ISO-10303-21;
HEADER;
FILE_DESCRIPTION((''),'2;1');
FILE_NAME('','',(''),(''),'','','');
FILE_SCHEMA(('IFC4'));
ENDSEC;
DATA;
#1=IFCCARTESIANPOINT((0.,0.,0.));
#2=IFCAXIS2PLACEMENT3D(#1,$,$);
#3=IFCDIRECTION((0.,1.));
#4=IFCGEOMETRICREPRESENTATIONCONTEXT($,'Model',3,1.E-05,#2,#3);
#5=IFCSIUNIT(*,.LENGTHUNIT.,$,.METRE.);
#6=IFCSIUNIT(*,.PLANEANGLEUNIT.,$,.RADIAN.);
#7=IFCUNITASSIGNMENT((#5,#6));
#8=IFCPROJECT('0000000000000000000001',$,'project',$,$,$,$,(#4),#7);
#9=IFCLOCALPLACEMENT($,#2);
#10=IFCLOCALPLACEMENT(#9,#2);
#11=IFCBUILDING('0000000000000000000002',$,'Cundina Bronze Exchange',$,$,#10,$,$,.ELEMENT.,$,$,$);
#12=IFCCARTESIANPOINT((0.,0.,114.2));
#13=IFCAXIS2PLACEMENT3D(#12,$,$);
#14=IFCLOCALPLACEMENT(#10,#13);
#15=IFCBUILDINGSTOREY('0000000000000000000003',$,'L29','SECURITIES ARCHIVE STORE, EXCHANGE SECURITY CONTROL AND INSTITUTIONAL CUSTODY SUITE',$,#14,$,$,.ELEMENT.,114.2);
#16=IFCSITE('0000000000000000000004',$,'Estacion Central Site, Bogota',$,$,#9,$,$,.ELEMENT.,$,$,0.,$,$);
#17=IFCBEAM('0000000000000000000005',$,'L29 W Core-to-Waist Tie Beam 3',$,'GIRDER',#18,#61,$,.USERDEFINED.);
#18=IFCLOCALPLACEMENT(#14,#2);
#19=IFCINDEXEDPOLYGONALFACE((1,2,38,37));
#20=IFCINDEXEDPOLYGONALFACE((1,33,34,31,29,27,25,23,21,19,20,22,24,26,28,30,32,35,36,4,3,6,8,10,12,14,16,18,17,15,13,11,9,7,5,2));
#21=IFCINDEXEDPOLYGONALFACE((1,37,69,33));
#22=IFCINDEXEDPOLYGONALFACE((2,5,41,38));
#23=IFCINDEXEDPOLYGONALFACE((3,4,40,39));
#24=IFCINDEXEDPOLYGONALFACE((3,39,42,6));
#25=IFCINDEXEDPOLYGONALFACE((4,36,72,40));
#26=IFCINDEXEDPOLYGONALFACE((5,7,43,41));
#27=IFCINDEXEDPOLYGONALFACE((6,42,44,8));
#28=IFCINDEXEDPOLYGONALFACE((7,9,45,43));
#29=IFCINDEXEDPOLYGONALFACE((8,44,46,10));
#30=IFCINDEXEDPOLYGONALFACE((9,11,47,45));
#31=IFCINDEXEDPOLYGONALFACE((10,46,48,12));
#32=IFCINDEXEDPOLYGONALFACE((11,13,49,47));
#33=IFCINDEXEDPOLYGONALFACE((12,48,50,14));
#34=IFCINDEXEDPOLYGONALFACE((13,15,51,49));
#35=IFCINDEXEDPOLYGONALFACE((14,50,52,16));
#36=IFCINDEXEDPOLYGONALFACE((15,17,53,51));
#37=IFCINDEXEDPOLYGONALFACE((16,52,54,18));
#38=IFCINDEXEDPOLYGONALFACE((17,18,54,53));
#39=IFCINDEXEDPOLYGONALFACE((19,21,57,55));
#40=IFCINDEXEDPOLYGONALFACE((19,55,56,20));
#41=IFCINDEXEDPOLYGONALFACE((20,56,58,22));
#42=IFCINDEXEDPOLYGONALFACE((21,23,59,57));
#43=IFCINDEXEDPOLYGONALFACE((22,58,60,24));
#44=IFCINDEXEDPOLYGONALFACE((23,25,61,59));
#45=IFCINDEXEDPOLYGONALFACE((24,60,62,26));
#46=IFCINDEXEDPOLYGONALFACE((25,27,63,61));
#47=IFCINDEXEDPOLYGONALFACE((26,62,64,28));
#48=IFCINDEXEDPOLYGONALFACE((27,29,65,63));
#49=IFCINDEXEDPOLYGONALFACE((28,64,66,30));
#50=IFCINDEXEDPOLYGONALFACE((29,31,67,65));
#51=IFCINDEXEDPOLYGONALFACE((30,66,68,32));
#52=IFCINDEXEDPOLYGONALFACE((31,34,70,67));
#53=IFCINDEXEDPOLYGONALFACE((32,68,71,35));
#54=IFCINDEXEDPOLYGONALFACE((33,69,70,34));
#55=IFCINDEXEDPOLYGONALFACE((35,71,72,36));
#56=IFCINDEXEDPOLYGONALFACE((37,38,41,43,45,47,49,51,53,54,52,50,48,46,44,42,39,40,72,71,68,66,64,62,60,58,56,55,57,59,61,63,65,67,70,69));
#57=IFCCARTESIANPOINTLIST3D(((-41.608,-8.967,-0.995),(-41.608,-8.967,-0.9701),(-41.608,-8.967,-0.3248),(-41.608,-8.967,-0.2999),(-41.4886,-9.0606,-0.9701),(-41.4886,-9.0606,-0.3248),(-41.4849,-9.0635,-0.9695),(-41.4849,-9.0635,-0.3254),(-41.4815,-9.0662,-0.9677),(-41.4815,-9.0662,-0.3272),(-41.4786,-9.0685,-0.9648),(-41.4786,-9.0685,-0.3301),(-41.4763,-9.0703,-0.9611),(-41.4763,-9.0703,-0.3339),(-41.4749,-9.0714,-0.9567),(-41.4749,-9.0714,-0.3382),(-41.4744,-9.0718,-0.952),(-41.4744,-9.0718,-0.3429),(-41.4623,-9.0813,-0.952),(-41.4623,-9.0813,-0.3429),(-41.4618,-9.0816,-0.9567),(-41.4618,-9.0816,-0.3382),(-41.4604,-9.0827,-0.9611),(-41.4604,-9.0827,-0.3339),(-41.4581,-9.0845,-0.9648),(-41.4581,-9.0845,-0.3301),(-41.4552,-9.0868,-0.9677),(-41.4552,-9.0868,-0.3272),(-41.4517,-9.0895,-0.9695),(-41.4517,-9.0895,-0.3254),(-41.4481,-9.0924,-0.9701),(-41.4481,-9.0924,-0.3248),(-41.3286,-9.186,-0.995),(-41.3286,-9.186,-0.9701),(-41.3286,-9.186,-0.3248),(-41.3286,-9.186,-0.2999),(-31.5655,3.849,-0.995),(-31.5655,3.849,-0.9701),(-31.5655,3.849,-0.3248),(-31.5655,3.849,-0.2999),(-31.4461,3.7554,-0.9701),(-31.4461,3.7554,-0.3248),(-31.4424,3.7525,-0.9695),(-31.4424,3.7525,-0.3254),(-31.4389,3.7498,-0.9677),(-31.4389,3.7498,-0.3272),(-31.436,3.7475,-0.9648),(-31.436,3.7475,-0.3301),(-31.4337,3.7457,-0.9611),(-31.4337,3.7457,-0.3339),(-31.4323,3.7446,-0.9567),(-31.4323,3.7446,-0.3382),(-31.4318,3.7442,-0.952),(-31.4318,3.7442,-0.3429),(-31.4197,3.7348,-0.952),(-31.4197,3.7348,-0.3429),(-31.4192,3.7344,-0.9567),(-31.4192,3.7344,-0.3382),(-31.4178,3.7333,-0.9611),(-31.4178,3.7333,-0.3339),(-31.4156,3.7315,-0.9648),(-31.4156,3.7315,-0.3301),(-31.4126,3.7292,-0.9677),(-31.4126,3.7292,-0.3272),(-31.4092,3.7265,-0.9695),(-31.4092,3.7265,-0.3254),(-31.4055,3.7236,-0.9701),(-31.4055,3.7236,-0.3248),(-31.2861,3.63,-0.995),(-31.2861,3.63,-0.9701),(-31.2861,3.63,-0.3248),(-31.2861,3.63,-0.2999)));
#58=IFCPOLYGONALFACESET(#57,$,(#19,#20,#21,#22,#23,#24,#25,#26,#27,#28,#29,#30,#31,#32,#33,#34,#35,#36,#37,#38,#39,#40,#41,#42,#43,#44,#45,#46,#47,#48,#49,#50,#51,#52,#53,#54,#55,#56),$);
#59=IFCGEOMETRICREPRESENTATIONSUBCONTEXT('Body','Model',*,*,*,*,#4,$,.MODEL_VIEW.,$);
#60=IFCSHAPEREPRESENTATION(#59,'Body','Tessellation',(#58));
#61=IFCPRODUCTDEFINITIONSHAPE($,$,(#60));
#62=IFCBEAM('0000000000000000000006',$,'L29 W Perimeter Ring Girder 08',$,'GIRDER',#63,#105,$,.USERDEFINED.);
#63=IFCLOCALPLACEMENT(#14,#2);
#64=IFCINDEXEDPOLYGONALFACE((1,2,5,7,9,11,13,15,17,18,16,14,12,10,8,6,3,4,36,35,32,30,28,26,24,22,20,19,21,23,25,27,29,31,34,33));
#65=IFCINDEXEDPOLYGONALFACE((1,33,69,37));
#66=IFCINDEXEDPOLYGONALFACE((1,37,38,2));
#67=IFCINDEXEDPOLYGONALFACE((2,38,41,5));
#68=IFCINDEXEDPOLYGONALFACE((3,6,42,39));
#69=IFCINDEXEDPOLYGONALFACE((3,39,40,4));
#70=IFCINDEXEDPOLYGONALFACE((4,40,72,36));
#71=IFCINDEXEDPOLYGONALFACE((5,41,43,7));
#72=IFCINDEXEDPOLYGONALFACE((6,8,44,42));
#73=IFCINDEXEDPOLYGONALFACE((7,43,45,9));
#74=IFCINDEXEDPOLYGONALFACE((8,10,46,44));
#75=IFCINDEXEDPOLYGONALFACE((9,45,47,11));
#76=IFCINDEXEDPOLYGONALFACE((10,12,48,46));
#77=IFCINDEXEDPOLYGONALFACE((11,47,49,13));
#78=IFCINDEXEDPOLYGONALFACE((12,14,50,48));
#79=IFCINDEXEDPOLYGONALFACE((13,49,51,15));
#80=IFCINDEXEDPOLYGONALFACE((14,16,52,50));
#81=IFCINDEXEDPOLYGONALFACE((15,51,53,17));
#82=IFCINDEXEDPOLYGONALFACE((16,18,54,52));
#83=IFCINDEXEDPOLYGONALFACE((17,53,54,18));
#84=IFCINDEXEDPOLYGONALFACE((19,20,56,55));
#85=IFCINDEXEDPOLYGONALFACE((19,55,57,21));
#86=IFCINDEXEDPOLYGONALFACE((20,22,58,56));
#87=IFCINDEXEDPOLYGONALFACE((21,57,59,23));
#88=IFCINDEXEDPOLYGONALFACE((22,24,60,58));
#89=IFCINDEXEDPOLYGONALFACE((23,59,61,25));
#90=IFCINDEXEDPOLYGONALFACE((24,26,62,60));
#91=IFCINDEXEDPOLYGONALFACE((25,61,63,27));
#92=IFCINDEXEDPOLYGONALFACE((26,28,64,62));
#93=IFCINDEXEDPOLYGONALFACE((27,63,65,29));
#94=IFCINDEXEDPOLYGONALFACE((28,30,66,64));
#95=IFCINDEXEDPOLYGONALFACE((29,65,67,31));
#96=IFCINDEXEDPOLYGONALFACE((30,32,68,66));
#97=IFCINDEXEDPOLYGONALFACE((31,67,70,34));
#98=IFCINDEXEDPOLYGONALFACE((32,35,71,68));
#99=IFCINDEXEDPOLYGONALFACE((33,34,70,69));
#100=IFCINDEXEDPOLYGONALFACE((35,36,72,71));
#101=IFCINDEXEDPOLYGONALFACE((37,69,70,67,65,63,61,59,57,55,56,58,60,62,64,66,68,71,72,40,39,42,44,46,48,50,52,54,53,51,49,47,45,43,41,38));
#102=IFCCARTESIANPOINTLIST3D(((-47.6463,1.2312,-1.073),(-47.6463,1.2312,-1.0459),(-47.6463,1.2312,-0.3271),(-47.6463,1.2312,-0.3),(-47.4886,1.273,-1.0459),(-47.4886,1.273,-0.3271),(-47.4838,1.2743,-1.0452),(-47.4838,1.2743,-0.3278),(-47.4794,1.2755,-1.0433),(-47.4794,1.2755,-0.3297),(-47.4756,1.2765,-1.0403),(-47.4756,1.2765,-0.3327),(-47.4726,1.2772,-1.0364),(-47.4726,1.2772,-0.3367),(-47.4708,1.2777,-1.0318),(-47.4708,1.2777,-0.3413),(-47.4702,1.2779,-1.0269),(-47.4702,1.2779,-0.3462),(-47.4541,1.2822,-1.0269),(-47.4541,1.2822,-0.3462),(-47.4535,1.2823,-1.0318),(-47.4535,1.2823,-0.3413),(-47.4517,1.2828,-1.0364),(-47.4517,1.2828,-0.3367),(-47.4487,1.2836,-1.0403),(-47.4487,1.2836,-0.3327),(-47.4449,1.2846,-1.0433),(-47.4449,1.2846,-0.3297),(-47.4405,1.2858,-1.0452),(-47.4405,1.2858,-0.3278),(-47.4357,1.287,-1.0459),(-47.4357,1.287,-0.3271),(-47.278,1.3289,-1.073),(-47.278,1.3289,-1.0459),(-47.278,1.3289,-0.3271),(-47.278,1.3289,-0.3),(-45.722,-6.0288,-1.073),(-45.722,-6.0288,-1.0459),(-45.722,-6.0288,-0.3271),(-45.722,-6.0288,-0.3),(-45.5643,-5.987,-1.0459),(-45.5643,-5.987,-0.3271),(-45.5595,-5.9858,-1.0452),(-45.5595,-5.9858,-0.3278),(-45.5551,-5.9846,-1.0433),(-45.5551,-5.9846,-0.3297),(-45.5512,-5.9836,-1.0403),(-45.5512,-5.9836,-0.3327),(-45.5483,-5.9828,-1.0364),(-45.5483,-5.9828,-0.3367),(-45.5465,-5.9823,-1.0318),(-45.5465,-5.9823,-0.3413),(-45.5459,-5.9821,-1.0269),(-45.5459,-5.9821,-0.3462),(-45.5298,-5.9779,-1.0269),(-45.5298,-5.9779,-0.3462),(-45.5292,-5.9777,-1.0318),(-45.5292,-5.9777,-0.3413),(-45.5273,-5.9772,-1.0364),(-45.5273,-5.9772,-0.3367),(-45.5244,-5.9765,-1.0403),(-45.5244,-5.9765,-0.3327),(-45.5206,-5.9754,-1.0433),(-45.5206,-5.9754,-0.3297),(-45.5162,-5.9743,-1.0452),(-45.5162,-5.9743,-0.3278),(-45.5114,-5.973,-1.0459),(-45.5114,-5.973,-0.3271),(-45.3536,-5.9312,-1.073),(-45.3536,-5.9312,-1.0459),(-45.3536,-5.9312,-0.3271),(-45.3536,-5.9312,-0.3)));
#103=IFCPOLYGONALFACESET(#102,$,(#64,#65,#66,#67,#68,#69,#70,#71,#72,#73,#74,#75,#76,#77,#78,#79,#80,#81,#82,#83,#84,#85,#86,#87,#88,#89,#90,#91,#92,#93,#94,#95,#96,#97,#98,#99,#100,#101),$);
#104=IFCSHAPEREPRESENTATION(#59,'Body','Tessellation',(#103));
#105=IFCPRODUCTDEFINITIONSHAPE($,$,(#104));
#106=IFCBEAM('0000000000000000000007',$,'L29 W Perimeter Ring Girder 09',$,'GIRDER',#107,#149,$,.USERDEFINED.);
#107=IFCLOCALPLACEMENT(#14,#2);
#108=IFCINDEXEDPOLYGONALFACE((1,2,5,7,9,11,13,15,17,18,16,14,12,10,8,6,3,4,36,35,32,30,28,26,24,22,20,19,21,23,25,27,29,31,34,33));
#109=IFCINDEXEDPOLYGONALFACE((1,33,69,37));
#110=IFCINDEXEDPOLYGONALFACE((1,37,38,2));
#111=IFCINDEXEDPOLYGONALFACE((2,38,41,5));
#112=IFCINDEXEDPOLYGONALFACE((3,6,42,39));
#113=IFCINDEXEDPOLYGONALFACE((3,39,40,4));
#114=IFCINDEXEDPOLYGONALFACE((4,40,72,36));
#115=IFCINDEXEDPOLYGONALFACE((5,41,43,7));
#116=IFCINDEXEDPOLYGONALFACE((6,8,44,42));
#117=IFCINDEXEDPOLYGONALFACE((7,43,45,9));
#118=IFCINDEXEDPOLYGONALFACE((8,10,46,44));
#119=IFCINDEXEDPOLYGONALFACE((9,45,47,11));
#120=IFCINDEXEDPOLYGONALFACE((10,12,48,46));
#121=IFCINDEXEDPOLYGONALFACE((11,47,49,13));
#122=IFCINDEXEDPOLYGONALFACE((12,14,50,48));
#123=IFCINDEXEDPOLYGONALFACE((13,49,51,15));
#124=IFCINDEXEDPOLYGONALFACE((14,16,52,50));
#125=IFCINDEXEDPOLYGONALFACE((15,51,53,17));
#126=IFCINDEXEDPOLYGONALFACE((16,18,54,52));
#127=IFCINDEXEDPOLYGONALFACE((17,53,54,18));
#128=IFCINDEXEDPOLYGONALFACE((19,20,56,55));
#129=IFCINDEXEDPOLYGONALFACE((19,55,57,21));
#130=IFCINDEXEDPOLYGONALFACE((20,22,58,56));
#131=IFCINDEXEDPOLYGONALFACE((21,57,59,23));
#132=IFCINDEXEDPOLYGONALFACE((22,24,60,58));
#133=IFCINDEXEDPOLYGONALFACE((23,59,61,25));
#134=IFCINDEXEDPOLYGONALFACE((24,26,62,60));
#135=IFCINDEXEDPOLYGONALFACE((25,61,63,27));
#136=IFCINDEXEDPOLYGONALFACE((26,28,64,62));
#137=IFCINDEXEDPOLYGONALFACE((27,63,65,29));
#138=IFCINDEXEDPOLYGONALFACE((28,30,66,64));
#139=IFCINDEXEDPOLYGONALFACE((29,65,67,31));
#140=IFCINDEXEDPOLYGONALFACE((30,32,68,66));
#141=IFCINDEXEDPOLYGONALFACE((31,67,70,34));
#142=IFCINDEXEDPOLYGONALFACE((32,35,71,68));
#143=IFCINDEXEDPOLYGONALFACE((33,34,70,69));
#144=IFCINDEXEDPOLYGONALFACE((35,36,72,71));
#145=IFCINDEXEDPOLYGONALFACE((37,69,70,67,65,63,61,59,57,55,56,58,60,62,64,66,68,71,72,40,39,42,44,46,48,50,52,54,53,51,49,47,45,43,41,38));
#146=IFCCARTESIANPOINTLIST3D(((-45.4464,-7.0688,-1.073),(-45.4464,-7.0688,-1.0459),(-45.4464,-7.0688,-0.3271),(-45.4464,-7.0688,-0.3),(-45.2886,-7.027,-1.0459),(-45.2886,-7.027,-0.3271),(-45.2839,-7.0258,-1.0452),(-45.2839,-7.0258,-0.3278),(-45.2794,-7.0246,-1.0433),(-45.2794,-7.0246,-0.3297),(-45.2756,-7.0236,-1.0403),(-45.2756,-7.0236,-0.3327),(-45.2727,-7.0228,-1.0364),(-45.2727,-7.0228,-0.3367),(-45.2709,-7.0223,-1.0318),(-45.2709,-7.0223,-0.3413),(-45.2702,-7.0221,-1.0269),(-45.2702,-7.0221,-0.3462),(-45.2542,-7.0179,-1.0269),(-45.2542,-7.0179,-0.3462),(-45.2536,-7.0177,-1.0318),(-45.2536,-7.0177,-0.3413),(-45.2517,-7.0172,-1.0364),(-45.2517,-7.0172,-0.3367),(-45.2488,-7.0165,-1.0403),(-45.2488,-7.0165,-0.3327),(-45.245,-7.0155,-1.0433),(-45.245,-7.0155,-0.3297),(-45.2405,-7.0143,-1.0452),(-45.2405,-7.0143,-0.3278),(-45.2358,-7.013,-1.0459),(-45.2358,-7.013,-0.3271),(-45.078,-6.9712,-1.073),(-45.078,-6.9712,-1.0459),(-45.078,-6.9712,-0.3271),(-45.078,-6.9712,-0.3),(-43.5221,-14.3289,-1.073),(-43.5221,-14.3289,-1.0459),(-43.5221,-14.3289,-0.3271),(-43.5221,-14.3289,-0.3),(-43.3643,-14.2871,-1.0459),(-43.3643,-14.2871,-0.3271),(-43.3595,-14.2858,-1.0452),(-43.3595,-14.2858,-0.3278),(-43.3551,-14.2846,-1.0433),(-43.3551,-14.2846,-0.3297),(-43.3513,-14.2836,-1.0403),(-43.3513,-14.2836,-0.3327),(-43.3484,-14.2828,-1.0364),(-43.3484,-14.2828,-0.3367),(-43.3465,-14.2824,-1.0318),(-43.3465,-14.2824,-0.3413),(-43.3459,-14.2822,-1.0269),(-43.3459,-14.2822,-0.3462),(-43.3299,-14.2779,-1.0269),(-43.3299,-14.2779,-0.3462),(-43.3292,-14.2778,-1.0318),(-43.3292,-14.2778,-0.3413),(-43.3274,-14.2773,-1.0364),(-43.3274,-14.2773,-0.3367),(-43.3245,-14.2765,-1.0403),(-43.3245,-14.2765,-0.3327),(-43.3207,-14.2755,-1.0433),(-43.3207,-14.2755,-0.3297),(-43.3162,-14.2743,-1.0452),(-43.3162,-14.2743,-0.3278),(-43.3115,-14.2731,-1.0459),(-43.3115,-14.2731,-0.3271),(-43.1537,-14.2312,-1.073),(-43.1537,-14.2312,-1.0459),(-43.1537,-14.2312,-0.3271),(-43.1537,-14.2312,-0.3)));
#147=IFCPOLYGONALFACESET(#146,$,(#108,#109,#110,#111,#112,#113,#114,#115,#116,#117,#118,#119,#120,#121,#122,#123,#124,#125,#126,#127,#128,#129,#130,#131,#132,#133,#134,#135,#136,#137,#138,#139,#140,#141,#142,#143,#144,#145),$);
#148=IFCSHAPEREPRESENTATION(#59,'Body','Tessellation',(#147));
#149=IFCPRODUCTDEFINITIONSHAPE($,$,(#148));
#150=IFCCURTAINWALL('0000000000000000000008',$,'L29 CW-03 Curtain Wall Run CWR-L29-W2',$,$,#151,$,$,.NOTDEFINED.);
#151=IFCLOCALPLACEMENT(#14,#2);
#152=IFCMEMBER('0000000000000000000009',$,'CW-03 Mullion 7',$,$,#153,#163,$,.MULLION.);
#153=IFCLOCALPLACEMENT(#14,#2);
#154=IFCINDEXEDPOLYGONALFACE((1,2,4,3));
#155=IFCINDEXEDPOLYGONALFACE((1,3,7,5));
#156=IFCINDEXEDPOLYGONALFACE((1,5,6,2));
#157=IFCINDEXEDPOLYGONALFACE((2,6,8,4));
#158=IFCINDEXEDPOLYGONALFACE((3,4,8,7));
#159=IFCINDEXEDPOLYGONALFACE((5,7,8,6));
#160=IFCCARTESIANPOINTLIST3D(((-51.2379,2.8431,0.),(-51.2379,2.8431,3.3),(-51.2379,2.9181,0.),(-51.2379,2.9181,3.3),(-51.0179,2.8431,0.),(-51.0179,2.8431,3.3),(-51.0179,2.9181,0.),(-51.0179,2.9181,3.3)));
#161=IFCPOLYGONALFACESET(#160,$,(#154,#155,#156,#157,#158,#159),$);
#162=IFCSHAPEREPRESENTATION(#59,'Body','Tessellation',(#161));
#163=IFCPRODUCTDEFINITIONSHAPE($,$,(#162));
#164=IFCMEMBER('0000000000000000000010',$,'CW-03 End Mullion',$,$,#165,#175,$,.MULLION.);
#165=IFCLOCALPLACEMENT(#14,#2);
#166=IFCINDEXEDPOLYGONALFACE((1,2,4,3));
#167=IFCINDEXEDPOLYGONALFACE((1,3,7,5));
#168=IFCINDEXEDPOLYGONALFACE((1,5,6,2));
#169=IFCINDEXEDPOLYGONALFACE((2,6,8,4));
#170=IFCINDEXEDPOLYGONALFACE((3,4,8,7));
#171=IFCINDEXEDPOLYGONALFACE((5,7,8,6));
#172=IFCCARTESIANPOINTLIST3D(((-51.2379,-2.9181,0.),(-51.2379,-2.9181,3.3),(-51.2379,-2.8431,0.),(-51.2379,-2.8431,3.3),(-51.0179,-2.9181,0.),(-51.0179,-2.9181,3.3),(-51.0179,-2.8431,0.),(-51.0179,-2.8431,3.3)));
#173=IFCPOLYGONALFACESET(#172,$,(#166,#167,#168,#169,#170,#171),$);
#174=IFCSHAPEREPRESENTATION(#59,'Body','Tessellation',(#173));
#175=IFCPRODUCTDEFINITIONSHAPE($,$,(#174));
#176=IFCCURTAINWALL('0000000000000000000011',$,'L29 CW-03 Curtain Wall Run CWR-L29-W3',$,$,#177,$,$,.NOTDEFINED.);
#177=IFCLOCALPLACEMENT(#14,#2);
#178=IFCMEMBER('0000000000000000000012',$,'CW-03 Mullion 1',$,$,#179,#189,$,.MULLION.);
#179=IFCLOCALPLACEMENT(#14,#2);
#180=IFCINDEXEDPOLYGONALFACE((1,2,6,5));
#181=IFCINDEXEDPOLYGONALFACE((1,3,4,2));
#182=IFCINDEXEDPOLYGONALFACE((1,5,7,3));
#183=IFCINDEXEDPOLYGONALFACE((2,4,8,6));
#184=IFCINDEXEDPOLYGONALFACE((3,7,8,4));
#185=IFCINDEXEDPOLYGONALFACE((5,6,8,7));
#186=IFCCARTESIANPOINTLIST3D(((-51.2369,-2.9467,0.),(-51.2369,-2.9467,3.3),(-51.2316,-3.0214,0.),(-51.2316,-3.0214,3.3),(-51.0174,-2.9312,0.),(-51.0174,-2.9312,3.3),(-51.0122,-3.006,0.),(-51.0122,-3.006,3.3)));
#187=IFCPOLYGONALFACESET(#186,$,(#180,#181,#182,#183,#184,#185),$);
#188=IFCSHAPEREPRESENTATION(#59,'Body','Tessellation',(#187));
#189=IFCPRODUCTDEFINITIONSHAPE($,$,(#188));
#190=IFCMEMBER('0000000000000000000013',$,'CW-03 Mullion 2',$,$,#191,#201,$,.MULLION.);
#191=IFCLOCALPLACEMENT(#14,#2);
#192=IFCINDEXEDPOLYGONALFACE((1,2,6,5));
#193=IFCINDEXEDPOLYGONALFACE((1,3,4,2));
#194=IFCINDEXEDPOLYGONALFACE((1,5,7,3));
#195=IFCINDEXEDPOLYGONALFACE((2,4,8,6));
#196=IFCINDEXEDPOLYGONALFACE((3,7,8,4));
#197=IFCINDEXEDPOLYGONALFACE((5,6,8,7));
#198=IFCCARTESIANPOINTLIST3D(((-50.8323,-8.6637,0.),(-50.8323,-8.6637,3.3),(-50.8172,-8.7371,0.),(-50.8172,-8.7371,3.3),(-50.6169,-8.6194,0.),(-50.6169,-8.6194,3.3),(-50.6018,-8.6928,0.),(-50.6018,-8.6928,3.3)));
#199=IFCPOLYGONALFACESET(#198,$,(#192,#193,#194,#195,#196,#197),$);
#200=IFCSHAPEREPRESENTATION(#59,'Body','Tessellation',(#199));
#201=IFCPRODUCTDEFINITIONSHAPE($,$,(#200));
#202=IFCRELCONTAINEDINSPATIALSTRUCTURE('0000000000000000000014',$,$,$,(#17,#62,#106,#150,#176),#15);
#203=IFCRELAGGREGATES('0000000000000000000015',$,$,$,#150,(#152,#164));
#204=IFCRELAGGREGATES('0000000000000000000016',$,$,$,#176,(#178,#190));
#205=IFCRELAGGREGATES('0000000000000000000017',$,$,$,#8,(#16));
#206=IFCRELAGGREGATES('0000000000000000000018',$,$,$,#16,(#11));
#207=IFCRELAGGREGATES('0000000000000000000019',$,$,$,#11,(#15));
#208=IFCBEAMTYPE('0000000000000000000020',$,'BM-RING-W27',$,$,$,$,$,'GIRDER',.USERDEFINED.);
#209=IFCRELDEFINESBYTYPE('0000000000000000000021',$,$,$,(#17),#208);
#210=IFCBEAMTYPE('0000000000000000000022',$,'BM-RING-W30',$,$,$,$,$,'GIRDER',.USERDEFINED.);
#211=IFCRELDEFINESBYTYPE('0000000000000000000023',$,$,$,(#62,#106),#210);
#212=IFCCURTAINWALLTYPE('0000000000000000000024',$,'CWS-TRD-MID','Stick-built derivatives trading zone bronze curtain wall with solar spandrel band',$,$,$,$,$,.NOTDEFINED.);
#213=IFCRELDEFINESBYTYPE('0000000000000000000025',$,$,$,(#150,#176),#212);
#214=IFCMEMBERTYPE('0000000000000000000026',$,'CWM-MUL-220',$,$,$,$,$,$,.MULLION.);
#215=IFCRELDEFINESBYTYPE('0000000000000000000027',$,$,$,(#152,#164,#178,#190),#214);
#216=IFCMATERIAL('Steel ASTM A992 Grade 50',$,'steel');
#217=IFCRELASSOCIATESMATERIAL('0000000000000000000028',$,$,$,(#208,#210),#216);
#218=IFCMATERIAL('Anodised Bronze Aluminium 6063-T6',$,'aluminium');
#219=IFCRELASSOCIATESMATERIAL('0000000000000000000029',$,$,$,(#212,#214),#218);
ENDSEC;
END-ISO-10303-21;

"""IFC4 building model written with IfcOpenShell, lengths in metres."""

from ifc_helpers import new_model, si_unit, direction, frame, origin, origin_2d, place, context, subcontext, project, spatial, rectangle, i_section, extrude, material, material_profile, profile_set, type_object, element, aggregate, save


model = new_model("IFC4")

# Units and contexts
model_context = context("Model", 3, precision=1e-05, world=origin(), true_north=direction((0.0, 1.0)))
body_context = subcontext(model_context, "Body", "Model", "MODEL_VIEW")
ifc_project = project(units=[si_unit("LENGTHUNIT", "METRE"), si_unit("PLANEANGLEUNIT", "RADIAN")], contexts=[model_context])

# Site, building, storey
site_placement = place(None, origin())
site = spatial("IfcSite", under=ifc_project, at=site_placement, Name="Estacion Central Site, Bogota", CompositionType="ELEMENT", RefElevation=0.0)
building_placement = place(site_placement, origin())
building = spatial("IfcBuilding", under=site, at=building_placement, Name="Cundina Bronze Exchange", CompositionType="ELEMENT")
storey_placement = place(building_placement, frame((0.0, 0.0, 114.2)))
storey = spatial("IfcBuildingStorey", under=building, at=storey_placement, Name="L29", Description="SECURITIES ARCHIVE STORE, EXCHANGE SECURITY CONTROL AND INSTITUTIONAL CUSTODY SUITE", CompositionType="ELEMENT", Elevation=114.2)

# Shared definitions
ifc_material_1 = material(Name="Steel ASTM A992 Grade 50", Category="steel")

# Beams
ifc_material_profile_1 = material_profile(ifc_material_1, i_section(OverallWidth=0.355, OverallDepth=0.6951, WebThickness=0.0154, FlangeThickness=0.0249, FilletRadius=0.0181, at=origin_2d()), Name="W27X146", Category="steel")
ifc_profile_set_1 = profile_set([ifc_material_profile_1], Name="Steel ASTM A992 Grade 50")
beam_type_1 = type_object("IfcBeamType", Name="BM-RING-W27", ElementType="GIRDER", PredefinedType="USERDEFINED", material=ifc_profile_set_1)
beam_1_placement = place(storey_placement, frame((-31.4258, 3.7395, -0.6475), z_axis=(-0.616789, -0.787128, 0.0), x_axis=(0.787128, -0.616789, 0.0)))
element("IfcBeam", 1, at=beam_1_placement, inside=storey, type_object=beam_type_1, Name="L29 W Core-to-Waist Tie Beam 3", ObjectType="GIRDER", PredefinedType="USERDEFINED", context=body_context, shape_type="SweptSolid", body=[
    extrude(i_section(OverallWidth=0.355, OverallDepth=0.6951, WebThickness=0.0154, FlangeThickness=0.0249, FilletRadius=0.0181, at=origin_2d()), origin(), (0.0, 0.0, 1.0), 16.282),
])
ifc_material_profile_2 = material_profile(ifc_material_1, i_section(OverallWidth=0.3811, OverallDepth=0.7729, WebThickness=0.0166, FlangeThickness=0.0271, FilletRadius=0.019, at=origin_2d()), Name="W30X173", Category="steel")
ifc_profile_set_2 = profile_set([ifc_material_profile_2], Name="Steel ASTM A992 Grade 50")
beam_type_2 = type_object("IfcBeamType", Name="BM-RING-W30", ElementType="GIRDER", PredefinedType="USERDEFINED", material=ifc_profile_set_2)
for number, where, z_axis, x_axis, name in (
    (2, (-47.4622, 1.28, -0.6865), (0.25621, -0.966621, 0.0), (0.966621, 0.25621, 0.0), "L29 W Perimeter Ring Girder 08"),
    (3, (-45.2622, -7.02, -0.6865), (0.25621, -0.966621, 0.0), (0.966621, 0.25621, 0.0), "L29 W Perimeter Ring Girder 09"),
):
    element("IfcBeam", number, at=place(storey_placement, frame(where, z_axis=z_axis, x_axis=x_axis)), inside=storey, type_object=beam_type_2, Name=name, ObjectType="GIRDER", PredefinedType="USERDEFINED", context=body_context, shape_type="SweptSolid", body=[
        extrude(i_section(OverallWidth=0.3811, OverallDepth=0.7729, WebThickness=0.0166, FlangeThickness=0.0271, FilletRadius=0.019, at=origin_2d()), origin(), (0.0, 0.0, 1.0), 7.5107),
    ])

# Curtain walls, members
ifc_material_2 = material(Name="Anodised Bronze Aluminium 6063-T6", Category="aluminium")
curtain_wall_type = type_object("IfcCurtainWallType", Name="CWS-TRD-MID", Description="Stick-built derivatives trading zone bronze curtain wall with solar spandrel band", PredefinedType="NOTDEFINED", material=ifc_material_2)
curtain_wall_1_placement = place(storey_placement, origin())
curtain_wall_1 = element("IfcCurtainWall", 4, at=curtain_wall_1_placement, inside=storey, type_object=curtain_wall_type, Name="L29 CW-03 Curtain Wall Run CWR-L29-W2", PredefinedType="NOTDEFINED")
ifc_material_profile_3 = material_profile(ifc_material_2, rectangle(XDim=0.075, YDim=0.22, at=origin_2d()), Name="AL75X220", Category="aluminium")
ifc_profile_set_3 = profile_set([ifc_material_profile_3], Name="Anodised Bronze Aluminium 6063-T6")
member_type_1 = type_object("IfcMemberType", Name="CWM-MUL-220", PredefinedType="MULLION", material=ifc_profile_set_3)
member_1_placement = place(storey_placement, frame((-51.1279, 2.8806, 0.0), z_axis=(0.0, 0.0, 1.0), x_axis=(0.0, -1.0, 0.0)))
member_1 = element("IfcMember", 5, at=member_1_placement, type_object=member_type_1, Name="CW-03 Mullion 7", PredefinedType="MULLION", context=body_context, shape_type="SweptSolid", body=[
    extrude(rectangle(XDim=0.075, YDim=0.22, at=origin_2d()), origin(), (0.0, 0.0, 1.0), 3.3),
])
member_2_placement = place(storey_placement, frame((-51.1279, -2.8806, 0.0), z_axis=(0.0, 0.0, 1.0), x_axis=(0.0, -1.0, 0.0)))
member_2 = element("IfcMember", 6, at=member_2_placement, type_object=member_type_1, Name="CW-03 End Mullion", PredefinedType="MULLION", context=body_context, shape_type="SweptSolid", body=[
    extrude(rectangle(XDim=0.075, YDim=0.22, at=origin_2d()), origin(), (0.0, 0.0, 1.0), 3.3),
])
curtain_wall_2_placement = place(storey_placement, origin())
curtain_wall_2 = element("IfcCurtainWall", 7, at=curtain_wall_2_placement, inside=storey, type_object=curtain_wall_type, Name="L29 CW-03 Curtain Wall Run CWR-L29-W3", PredefinedType="NOTDEFINED")
member_3_placement = place(storey_placement, frame((-51.1245, -2.9763, 0.0), z_axis=(0.0, 0.0, 1.0), x_axis=(0.070279, -0.997527, 0.0)))
member_3 = element("IfcMember", 8, at=member_3_placement, type_object=member_type_1, Name="CW-03 Mullion 1", PredefinedType="MULLION", context=body_context, shape_type="SweptSolid", body=[
    extrude(rectangle(XDim=0.075, YDim=0.22, at=origin_2d()), origin(), (0.0, 0.0, 1.0), 3.3),
])
member_4_placement = place(storey_placement, frame((-50.717, -8.6782, 0.0), z_axis=(0.0, 0.0, 1.0), x_axis=(0.20142, -0.979505, 0.0)))
member_4 = element("IfcMember", 9, at=member_4_placement, type_object=member_type_1, Name="CW-03 Mullion 2", PredefinedType="MULLION", context=body_context, shape_type="SweptSolid", body=[
    extrude(rectangle(XDim=0.075, YDim=0.22, at=origin_2d()), origin(), (0.0, 0.0, 1.0), 3.3),
])

aggregate(curtain_wall_1, [member_1, member_2])
aggregate(curtain_wall_2, [member_3, member_4])

save(model, "model.ifc")
